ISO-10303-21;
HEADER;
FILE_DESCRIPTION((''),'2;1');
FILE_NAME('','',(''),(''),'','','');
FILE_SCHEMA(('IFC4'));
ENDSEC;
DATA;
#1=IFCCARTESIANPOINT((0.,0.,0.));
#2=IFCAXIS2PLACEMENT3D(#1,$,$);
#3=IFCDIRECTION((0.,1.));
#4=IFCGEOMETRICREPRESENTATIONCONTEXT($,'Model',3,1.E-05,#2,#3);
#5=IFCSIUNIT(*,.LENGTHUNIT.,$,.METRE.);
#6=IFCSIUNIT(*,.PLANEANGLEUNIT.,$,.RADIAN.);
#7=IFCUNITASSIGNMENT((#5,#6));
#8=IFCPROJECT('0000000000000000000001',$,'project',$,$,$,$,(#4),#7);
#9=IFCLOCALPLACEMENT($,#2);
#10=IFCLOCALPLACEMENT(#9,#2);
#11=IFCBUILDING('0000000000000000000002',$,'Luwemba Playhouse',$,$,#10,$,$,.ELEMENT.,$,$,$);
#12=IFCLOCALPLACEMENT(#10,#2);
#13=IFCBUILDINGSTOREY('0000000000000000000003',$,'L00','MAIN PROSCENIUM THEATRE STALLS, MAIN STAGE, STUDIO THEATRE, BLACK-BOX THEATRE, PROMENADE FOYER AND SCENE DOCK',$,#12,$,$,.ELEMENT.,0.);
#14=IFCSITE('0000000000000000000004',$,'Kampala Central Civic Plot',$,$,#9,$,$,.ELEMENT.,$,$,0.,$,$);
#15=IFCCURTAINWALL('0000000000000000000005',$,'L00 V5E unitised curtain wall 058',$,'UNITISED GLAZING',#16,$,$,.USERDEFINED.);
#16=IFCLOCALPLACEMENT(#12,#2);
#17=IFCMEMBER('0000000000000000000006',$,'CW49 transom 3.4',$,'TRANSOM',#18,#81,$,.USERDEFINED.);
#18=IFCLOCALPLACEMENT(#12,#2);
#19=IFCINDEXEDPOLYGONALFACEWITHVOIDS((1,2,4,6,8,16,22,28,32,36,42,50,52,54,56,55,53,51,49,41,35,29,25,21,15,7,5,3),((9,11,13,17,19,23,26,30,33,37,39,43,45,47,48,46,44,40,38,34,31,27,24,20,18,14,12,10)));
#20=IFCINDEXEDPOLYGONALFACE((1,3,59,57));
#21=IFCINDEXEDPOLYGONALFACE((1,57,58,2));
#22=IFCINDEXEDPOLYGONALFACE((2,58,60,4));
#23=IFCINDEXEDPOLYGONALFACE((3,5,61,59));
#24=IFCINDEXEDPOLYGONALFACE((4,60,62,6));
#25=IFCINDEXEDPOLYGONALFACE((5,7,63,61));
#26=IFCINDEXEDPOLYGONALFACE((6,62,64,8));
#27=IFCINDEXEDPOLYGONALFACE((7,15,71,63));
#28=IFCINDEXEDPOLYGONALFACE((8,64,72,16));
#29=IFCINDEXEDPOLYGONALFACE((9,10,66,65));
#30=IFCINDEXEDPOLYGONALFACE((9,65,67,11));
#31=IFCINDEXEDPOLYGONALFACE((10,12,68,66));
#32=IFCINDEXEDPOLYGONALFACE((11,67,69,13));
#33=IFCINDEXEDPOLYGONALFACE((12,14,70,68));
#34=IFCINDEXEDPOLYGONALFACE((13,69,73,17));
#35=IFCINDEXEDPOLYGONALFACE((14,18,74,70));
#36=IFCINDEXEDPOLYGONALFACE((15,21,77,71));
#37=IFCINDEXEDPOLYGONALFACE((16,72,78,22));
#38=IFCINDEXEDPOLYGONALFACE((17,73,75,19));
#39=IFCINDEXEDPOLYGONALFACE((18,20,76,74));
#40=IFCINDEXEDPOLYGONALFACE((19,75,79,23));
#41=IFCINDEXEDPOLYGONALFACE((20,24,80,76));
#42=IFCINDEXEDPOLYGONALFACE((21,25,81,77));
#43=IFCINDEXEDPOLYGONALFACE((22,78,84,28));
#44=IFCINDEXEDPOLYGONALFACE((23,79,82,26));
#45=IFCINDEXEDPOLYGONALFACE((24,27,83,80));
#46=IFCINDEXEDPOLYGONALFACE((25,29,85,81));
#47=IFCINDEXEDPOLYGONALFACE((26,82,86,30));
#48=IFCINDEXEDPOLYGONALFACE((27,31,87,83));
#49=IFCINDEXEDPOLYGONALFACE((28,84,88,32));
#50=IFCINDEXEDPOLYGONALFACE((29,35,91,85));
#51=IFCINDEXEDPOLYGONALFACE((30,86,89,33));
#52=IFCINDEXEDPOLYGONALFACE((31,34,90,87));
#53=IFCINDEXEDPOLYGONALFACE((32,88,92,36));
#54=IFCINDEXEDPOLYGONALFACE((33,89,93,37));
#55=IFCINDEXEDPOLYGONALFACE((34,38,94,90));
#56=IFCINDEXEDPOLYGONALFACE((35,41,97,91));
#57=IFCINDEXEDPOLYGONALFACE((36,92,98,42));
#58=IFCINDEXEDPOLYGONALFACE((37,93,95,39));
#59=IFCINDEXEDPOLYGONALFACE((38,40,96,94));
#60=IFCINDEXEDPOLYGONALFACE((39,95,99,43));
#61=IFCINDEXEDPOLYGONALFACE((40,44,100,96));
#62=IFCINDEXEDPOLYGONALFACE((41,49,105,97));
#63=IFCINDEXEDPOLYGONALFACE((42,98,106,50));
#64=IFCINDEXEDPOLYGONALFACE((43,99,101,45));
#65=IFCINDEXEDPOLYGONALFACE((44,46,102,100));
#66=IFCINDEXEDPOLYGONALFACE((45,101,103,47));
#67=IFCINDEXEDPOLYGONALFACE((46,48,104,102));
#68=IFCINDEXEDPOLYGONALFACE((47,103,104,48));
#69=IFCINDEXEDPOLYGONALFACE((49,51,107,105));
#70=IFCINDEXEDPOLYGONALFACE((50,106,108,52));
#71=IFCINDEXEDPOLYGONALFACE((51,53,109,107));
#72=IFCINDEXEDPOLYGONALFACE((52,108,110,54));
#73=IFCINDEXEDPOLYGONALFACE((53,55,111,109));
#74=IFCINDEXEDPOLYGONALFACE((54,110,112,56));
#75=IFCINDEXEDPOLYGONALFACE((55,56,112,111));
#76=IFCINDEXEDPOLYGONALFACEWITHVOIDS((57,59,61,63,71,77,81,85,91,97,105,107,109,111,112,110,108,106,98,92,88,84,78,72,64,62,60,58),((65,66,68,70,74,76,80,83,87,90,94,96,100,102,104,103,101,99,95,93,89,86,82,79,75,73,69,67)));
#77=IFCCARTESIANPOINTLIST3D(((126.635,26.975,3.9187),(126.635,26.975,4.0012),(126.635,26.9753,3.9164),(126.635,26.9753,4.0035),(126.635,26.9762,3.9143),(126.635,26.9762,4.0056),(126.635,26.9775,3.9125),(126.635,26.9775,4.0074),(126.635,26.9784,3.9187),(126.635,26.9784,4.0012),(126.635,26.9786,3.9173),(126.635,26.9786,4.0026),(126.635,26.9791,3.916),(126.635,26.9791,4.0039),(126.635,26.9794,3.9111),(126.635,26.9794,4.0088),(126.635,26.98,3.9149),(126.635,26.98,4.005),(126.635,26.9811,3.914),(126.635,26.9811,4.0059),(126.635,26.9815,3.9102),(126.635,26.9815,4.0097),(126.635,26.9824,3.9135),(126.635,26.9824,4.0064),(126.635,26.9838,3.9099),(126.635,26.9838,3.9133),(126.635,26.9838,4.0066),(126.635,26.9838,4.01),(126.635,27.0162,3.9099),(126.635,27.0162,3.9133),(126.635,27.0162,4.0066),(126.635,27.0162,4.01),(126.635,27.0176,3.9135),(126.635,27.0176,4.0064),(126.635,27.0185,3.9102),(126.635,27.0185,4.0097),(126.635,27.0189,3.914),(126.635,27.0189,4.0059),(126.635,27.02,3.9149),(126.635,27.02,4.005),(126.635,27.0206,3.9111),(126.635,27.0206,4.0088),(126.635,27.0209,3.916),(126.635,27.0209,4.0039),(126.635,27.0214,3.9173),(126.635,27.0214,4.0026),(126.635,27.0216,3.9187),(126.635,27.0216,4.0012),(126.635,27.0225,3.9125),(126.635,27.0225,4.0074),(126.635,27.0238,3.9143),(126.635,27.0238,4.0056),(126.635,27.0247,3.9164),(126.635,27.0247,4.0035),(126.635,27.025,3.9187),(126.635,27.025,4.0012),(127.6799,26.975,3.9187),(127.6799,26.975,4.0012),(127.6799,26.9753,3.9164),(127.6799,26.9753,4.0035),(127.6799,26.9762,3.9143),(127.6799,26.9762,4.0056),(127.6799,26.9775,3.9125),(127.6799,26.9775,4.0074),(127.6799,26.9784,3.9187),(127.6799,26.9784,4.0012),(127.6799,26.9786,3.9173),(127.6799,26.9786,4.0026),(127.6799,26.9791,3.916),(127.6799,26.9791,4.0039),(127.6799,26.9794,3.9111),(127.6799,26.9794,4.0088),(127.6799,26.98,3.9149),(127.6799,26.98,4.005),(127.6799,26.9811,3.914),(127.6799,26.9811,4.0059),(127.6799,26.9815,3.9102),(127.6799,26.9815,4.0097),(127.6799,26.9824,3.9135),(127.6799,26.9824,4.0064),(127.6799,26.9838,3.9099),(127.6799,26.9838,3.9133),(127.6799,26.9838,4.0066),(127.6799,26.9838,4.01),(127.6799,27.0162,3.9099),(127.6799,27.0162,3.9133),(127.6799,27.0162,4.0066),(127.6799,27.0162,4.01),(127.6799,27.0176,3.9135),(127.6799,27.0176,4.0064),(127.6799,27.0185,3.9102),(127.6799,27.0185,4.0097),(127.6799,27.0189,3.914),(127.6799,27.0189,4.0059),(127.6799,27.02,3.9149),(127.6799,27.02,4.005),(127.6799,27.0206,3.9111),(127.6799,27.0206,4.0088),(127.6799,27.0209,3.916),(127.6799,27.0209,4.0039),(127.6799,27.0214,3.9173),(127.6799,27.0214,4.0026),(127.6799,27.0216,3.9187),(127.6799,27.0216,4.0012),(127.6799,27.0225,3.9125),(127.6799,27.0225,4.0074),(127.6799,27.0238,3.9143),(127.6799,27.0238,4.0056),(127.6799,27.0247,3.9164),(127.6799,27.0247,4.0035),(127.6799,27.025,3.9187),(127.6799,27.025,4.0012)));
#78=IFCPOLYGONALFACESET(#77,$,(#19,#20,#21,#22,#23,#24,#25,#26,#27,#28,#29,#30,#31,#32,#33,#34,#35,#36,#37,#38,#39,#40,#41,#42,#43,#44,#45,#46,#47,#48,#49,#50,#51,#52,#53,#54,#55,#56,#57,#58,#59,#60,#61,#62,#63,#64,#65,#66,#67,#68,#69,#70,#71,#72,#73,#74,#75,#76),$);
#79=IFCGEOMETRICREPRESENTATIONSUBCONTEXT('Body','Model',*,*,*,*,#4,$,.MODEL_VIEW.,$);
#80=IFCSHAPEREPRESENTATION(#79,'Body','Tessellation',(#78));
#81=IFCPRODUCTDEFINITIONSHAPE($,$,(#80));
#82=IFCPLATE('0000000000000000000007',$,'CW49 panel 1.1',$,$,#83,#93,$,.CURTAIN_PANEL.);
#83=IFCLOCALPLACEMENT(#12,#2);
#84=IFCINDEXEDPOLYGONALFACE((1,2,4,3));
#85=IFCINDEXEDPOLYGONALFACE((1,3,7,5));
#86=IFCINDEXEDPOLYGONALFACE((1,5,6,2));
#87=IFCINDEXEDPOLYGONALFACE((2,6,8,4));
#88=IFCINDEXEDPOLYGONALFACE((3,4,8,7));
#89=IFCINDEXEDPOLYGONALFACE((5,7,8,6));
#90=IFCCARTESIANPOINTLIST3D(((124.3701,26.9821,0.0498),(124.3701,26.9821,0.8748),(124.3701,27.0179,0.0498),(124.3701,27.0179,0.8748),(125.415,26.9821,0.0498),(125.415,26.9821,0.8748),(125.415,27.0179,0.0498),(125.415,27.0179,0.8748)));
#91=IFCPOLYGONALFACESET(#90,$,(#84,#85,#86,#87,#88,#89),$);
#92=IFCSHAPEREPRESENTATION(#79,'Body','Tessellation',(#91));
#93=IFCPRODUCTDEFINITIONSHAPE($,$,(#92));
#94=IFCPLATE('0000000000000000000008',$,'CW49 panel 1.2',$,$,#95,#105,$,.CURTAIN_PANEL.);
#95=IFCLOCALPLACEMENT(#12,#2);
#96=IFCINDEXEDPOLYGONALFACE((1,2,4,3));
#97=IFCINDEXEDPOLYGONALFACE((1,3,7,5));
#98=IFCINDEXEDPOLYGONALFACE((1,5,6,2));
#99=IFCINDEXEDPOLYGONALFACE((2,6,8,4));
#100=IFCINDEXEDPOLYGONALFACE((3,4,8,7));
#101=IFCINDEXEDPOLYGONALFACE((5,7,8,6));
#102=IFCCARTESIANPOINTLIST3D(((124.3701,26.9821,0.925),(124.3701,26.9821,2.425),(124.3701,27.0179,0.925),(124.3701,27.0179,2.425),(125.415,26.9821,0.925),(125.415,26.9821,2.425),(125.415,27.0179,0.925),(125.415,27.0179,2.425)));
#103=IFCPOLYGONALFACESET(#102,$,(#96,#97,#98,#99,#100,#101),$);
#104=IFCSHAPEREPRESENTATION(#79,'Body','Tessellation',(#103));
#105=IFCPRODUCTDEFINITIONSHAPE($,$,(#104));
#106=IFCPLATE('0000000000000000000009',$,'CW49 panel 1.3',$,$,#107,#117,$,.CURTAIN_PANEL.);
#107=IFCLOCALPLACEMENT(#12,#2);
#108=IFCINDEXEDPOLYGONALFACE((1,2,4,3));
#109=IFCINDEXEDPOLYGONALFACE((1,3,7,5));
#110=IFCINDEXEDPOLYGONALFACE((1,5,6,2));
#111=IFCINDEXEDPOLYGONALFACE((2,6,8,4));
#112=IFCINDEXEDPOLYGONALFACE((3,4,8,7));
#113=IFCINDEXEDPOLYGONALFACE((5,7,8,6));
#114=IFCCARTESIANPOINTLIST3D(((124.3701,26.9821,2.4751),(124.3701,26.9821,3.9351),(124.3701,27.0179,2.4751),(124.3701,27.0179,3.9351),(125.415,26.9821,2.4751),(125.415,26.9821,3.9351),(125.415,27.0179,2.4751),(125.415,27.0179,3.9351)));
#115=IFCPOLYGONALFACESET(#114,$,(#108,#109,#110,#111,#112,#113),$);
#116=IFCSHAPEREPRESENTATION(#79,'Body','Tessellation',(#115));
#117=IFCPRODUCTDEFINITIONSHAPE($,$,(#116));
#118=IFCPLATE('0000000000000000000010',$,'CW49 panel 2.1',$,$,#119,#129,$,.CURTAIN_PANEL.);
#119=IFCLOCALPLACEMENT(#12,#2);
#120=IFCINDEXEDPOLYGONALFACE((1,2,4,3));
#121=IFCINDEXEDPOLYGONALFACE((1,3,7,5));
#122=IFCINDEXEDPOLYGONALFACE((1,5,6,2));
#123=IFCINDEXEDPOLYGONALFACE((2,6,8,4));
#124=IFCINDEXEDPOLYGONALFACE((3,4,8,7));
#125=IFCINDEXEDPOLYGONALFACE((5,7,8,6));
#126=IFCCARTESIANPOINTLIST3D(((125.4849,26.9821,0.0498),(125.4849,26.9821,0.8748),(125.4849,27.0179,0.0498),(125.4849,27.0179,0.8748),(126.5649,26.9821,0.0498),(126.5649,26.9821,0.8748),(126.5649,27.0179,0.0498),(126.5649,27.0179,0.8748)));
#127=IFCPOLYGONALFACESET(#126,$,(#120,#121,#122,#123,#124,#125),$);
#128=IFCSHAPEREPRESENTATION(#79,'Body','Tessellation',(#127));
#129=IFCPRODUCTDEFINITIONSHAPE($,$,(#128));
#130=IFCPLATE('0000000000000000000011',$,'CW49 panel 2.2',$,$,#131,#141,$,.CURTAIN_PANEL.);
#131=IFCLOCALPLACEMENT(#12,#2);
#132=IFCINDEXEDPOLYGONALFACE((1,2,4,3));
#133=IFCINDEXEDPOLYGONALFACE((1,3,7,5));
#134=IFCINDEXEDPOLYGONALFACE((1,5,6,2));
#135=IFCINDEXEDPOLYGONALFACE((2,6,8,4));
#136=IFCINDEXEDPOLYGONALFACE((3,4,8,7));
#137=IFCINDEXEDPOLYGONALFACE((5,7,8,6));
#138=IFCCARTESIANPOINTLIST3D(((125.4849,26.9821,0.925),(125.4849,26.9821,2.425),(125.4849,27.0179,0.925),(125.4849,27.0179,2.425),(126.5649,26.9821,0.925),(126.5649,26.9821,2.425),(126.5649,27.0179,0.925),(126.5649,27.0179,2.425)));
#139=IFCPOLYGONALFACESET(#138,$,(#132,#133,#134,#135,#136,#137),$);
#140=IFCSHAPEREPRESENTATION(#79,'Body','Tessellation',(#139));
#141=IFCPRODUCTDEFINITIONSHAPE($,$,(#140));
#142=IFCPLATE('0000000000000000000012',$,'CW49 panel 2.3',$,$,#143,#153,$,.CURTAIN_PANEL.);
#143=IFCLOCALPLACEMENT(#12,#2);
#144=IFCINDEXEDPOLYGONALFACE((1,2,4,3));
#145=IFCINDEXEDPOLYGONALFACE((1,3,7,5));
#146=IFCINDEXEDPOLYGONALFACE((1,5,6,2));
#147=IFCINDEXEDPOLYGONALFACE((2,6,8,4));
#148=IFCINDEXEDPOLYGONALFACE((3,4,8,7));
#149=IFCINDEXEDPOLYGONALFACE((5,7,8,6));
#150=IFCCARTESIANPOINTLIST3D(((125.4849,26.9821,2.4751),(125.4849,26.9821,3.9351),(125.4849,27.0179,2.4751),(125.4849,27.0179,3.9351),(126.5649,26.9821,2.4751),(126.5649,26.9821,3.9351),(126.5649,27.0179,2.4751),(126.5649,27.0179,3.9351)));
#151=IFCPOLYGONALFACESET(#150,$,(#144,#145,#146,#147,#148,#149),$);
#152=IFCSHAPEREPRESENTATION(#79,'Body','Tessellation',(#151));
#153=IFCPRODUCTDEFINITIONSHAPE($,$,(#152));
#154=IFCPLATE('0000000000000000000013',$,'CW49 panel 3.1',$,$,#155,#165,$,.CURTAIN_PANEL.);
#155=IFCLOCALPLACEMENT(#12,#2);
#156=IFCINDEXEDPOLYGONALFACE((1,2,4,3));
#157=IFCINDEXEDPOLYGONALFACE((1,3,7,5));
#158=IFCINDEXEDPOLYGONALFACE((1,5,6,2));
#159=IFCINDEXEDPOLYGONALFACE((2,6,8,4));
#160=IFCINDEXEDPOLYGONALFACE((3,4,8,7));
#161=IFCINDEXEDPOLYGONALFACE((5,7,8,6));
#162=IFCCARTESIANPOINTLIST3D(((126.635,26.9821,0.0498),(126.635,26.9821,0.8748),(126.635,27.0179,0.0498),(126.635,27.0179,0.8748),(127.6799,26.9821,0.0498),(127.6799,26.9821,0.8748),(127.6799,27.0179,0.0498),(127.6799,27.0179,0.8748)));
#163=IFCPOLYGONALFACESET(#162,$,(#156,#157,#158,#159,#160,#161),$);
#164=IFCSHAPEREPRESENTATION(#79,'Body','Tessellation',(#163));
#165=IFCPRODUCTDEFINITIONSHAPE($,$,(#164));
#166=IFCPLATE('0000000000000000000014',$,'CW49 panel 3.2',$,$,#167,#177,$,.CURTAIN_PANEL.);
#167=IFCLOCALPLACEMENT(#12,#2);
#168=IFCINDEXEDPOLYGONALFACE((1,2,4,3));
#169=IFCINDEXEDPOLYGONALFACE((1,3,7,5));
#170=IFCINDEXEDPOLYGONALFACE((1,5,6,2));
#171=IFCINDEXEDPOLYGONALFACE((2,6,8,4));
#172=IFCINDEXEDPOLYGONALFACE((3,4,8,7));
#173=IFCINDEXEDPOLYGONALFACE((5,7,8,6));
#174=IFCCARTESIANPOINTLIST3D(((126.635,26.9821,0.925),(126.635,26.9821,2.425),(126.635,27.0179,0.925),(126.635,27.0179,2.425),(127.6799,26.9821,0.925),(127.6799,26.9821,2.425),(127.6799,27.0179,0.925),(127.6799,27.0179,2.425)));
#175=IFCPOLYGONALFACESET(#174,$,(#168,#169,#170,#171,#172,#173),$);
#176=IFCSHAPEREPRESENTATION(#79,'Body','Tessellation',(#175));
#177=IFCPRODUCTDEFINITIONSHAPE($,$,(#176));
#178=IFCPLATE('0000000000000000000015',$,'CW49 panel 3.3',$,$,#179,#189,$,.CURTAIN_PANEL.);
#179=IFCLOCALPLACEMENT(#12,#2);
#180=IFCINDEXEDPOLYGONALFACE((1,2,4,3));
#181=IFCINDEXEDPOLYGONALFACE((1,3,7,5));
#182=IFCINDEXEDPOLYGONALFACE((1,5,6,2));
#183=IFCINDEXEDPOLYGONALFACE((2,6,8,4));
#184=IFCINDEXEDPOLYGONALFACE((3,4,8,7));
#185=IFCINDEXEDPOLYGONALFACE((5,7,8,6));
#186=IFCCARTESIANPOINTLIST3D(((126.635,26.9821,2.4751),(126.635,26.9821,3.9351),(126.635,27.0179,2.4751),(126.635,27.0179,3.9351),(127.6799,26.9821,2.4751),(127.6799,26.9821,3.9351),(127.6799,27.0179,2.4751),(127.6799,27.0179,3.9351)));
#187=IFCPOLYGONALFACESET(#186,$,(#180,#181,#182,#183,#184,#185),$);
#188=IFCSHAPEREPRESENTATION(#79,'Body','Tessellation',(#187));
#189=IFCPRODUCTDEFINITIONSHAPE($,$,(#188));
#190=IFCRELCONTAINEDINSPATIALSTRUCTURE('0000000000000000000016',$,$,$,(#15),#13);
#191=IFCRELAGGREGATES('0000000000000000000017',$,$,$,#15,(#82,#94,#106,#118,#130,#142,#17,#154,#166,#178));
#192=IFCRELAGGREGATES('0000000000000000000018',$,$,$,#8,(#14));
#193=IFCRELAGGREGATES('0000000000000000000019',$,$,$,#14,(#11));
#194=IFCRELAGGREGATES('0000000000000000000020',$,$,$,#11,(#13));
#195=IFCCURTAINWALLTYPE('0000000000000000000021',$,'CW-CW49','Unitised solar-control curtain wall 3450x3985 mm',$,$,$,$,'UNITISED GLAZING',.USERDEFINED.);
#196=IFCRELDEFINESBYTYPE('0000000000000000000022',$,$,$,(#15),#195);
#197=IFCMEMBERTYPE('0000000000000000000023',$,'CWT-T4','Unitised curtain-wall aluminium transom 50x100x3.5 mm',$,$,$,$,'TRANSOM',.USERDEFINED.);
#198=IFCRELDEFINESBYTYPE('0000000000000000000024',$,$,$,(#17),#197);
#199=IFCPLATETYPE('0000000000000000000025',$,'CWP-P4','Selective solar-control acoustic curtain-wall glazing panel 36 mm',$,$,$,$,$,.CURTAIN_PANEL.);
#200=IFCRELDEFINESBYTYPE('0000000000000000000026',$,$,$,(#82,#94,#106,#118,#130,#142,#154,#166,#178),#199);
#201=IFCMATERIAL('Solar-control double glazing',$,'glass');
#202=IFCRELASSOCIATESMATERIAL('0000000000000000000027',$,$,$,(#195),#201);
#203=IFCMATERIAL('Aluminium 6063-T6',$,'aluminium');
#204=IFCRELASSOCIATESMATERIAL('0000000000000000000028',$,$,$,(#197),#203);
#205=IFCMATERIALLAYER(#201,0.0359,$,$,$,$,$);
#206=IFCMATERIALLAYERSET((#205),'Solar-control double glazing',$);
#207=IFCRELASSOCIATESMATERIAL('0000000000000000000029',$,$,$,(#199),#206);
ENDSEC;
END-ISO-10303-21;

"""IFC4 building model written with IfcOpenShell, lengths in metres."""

from ifc_helpers import new_model, si_unit, direction, frame, origin, origin_2d, place, context, subcontext, project, spatial, rectangle, hollow_rectangle, extrude, material, layer, layer_set, material_profile, profile_set, type_object, element, aggregate, save


model = new_model("IFC4")

# Units and contexts
model_context = context("Model", 3, precision=1e-05, world=origin(), true_north=direction((0.0, 1.0)))
body_context = subcontext(model_context, "Body", "Model", "MODEL_VIEW")
ifc_project = project(units=[si_unit("LENGTHUNIT", "METRE"), si_unit("PLANEANGLEUNIT", "RADIAN")], contexts=[model_context])

# Site, building, storey
site_placement = place(None, origin())
site = spatial("IfcSite", under=ifc_project, at=site_placement, Name="Kampala Central Civic Plot", CompositionType="ELEMENT", RefElevation=0.0)
building_placement = place(site_placement, origin())
building = spatial("IfcBuilding", under=site, at=building_placement, Name="Luwemba Playhouse", CompositionType="ELEMENT")
storey_placement = place(building_placement, origin())
storey = spatial("IfcBuildingStorey", under=building, at=storey_placement, Name="L00", Description="MAIN PROSCENIUM THEATRE STALLS, MAIN STAGE, STUDIO THEATRE, BLACK-BOX THEATRE, PROMENADE FOYER AND SCENE DOCK", CompositionType="ELEMENT", Elevation=0.0)

# Curtain wall, member, plates
ifc_material_1 = material(Name="Solar-control double glazing", Category="glass")
curtain_wall_type = type_object("IfcCurtainWallType", Name="CW-CW49", Description="Unitised solar-control curtain wall 3450x3985 mm", ElementType="UNITISED GLAZING", PredefinedType="USERDEFINED", material=ifc_material_1)
curtain_wall_placement = place(storey_placement, origin())
curtain_wall = element("IfcCurtainWall", 1, at=curtain_wall_placement, inside=storey, type_object=curtain_wall_type, Name="L00 V5E unitised curtain wall 058", ObjectType="UNITISED GLAZING", PredefinedType="USERDEFINED")
ifc_material_2 = material(Name="Aluminium 6063-T6", Category="aluminium")
ifc_material_profile_1 = material_profile(ifc_material_2, hollow_rectangle(XDim=0.05, YDim=0.1001, WallThickness=0.0034, InnerFilletRadius=0.0054, OuterFilletRadius=0.0088, at=origin_2d()))
ifc_profile_set_1 = profile_set([ifc_material_profile_1], Name="Aluminium 6063-T6")
member_type_1 = type_object("IfcMemberType", Name="CWT-T4", Description="Unitised curtain-wall aluminium transom 50x100x3.5 mm", ElementType="TRANSOM", PredefinedType="USERDEFINED", material=ifc_profile_set_1)
member_1_placement = place(storey_placement, frame((126.635, 27.0, 3.96), z_axis=(1.0, 0.0, 0.0), x_axis=(0.0, 1.0, 0.0)))
member_1 = element("IfcMember", 2, at=member_1_placement, type_object=member_type_1, Name="CW49 transom 3.4", ObjectType="TRANSOM", PredefinedType="USERDEFINED", context=body_context, shape_type="SweptSolid", body=[
    extrude(hollow_rectangle(XDim=0.05, YDim=0.1001, WallThickness=0.0034, InnerFilletRadius=0.0054, OuterFilletRadius=0.0088, at=origin_2d()), origin(), (0.0, 0.0, 1.0), 1.0449),
])
ifc_layer = layer(ifc_material_1, 0.0359)
ifc_layer_set = layer_set([ifc_layer], Name="Solar-control double glazing")
plate_type = type_object("IfcPlateType", Name="CWP-P4", Description="Selective solar-control acoustic curtain-wall glazing panel 36 mm", PredefinedType="CURTAIN_PANEL", material=ifc_layer_set)
plate_1_placement = place(storey_placement, frame((124.8926, 27.0, 0.0498), z_axis=(0.0, 0.0, 1.0), x_axis=(1.0, 0.0, 0.0)))
plate_1 = element("IfcPlate", 3, at=plate_1_placement, type_object=plate_type, Name="CW49 panel 1.1", PredefinedType="CURTAIN_PANEL", context=body_context, shape_type="SweptSolid", body=[
    extrude(rectangle(XDim=1.0449, YDim=0.0359, at=origin_2d()), origin(), (0.0, 0.0, 1.0), 0.825),
])
plate_2_placement = place(storey_placement, frame((124.8926, 27.0, 0.925), z_axis=(0.0, 0.0, 1.0), x_axis=(1.0, 0.0, 0.0)))
plate_2 = element("IfcPlate", 4, at=plate_2_placement, type_object=plate_type, Name="CW49 panel 1.2", PredefinedType="CURTAIN_PANEL", context=body_context, shape_type="SweptSolid", body=[
    extrude(rectangle(XDim=1.0449, YDim=0.0359, at=origin_2d()), origin(), (0.0, 0.0, 1.0), 1.5),
])
plate_3_placement = place(storey_placement, frame((124.8926, 27.0, 2.4751), z_axis=(0.0, 0.0, 1.0), x_axis=(1.0, 0.0, 0.0)))
plate_3 = element("IfcPlate", 5, at=plate_3_placement, type_object=plate_type, Name="CW49 panel 1.3", PredefinedType="CURTAIN_PANEL", context=body_context, shape_type="SweptSolid", body=[
    extrude(rectangle(XDim=1.0449, YDim=0.0359, at=origin_2d()), origin(), (0.0, 0.0, 1.0), 1.46),
])
plate_4_placement = place(storey_placement, frame((126.0249, 27.0, 0.0498), z_axis=(0.0, 0.0, 1.0), x_axis=(1.0, 0.0, 0.0)))
plate_4 = element("IfcPlate", 6, at=plate_4_placement, type_object=plate_type, Name="CW49 panel 2.1", PredefinedType="CURTAIN_PANEL", context=body_context, shape_type="SweptSolid", body=[
    extrude(rectangle(XDim=1.0801, YDim=0.0359, at=origin_2d()), origin(), (0.0, 0.0, 1.0), 0.825),
])
plate_5_placement = place(storey_placement, frame((126.0249, 27.0, 0.925), z_axis=(0.0, 0.0, 1.0), x_axis=(1.0, 0.0, 0.0)))
plate_5 = element("IfcPlate", 7, at=plate_5_placement, type_object=plate_type, Name="CW49 panel 2.2", PredefinedType="CURTAIN_PANEL", context=body_context, shape_type="SweptSolid", body=[
    extrude(rectangle(XDim=1.0801, YDim=0.0359, at=origin_2d()), origin(), (0.0, 0.0, 1.0), 1.5),
])
plate_6_placement = place(storey_placement, frame((126.0249, 27.0, 2.4751), z_axis=(0.0, 0.0, 1.0), x_axis=(1.0, 0.0, 0.0)))
plate_6 = element("IfcPlate", 8, at=plate_6_placement, type_object=plate_type, Name="CW49 panel 2.3", PredefinedType="CURTAIN_PANEL", context=body_context, shape_type="SweptSolid", body=[
    extrude(rectangle(XDim=1.0801, YDim=0.0359, at=origin_2d()), origin(), (0.0, 0.0, 1.0), 1.46),
])
plate_7_placement = place(storey_placement, frame((127.1575, 27.0, 0.0498), z_axis=(0.0, 0.0, 1.0), x_axis=(1.0, 0.0, 0.0)))
plate_7 = element("IfcPlate", 9, at=plate_7_placement, type_object=plate_type, Name="CW49 panel 3.1", PredefinedType="CURTAIN_PANEL", context=body_context, shape_type="SweptSolid", body=[
    extrude(rectangle(XDim=1.0449, YDim=0.0359, at=origin_2d()), origin(), (0.0, 0.0, 1.0), 0.825),
])
plate_8_placement = place(storey_placement, frame((127.1575, 27.0, 0.925), z_axis=(0.0, 0.0, 1.0), x_axis=(1.0, 0.0, 0.0)))
plate_8 = element("IfcPlate", 10, at=plate_8_placement, type_object=plate_type, Name="CW49 panel 3.2", PredefinedType="CURTAIN_PANEL", context=body_context, shape_type="SweptSolid", body=[
    extrude(rectangle(XDim=1.0449, YDim=0.0359, at=origin_2d()), origin(), (0.0, 0.0, 1.0), 1.5),
])
plate_9_placement = place(storey_placement, frame((127.1575, 27.0, 2.4751), z_axis=(0.0, 0.0, 1.0), x_axis=(1.0, 0.0, 0.0)))
plate_9 = element("IfcPlate", 11, at=plate_9_placement, type_object=plate_type, Name="CW49 panel 3.3", PredefinedType="CURTAIN_PANEL", context=body_context, shape_type="SweptSolid", body=[
    extrude(rectangle(XDim=1.0449, YDim=0.0359, at=origin_2d()), origin(), (0.0, 0.0, 1.0), 1.46),
])
aggregate(curtain_wall, [plate_1, plate_2, plate_3, plate_4, plate_5, plate_6, member_1, plate_7, plate_8, plate_9])

save(model, "model.ifc")
